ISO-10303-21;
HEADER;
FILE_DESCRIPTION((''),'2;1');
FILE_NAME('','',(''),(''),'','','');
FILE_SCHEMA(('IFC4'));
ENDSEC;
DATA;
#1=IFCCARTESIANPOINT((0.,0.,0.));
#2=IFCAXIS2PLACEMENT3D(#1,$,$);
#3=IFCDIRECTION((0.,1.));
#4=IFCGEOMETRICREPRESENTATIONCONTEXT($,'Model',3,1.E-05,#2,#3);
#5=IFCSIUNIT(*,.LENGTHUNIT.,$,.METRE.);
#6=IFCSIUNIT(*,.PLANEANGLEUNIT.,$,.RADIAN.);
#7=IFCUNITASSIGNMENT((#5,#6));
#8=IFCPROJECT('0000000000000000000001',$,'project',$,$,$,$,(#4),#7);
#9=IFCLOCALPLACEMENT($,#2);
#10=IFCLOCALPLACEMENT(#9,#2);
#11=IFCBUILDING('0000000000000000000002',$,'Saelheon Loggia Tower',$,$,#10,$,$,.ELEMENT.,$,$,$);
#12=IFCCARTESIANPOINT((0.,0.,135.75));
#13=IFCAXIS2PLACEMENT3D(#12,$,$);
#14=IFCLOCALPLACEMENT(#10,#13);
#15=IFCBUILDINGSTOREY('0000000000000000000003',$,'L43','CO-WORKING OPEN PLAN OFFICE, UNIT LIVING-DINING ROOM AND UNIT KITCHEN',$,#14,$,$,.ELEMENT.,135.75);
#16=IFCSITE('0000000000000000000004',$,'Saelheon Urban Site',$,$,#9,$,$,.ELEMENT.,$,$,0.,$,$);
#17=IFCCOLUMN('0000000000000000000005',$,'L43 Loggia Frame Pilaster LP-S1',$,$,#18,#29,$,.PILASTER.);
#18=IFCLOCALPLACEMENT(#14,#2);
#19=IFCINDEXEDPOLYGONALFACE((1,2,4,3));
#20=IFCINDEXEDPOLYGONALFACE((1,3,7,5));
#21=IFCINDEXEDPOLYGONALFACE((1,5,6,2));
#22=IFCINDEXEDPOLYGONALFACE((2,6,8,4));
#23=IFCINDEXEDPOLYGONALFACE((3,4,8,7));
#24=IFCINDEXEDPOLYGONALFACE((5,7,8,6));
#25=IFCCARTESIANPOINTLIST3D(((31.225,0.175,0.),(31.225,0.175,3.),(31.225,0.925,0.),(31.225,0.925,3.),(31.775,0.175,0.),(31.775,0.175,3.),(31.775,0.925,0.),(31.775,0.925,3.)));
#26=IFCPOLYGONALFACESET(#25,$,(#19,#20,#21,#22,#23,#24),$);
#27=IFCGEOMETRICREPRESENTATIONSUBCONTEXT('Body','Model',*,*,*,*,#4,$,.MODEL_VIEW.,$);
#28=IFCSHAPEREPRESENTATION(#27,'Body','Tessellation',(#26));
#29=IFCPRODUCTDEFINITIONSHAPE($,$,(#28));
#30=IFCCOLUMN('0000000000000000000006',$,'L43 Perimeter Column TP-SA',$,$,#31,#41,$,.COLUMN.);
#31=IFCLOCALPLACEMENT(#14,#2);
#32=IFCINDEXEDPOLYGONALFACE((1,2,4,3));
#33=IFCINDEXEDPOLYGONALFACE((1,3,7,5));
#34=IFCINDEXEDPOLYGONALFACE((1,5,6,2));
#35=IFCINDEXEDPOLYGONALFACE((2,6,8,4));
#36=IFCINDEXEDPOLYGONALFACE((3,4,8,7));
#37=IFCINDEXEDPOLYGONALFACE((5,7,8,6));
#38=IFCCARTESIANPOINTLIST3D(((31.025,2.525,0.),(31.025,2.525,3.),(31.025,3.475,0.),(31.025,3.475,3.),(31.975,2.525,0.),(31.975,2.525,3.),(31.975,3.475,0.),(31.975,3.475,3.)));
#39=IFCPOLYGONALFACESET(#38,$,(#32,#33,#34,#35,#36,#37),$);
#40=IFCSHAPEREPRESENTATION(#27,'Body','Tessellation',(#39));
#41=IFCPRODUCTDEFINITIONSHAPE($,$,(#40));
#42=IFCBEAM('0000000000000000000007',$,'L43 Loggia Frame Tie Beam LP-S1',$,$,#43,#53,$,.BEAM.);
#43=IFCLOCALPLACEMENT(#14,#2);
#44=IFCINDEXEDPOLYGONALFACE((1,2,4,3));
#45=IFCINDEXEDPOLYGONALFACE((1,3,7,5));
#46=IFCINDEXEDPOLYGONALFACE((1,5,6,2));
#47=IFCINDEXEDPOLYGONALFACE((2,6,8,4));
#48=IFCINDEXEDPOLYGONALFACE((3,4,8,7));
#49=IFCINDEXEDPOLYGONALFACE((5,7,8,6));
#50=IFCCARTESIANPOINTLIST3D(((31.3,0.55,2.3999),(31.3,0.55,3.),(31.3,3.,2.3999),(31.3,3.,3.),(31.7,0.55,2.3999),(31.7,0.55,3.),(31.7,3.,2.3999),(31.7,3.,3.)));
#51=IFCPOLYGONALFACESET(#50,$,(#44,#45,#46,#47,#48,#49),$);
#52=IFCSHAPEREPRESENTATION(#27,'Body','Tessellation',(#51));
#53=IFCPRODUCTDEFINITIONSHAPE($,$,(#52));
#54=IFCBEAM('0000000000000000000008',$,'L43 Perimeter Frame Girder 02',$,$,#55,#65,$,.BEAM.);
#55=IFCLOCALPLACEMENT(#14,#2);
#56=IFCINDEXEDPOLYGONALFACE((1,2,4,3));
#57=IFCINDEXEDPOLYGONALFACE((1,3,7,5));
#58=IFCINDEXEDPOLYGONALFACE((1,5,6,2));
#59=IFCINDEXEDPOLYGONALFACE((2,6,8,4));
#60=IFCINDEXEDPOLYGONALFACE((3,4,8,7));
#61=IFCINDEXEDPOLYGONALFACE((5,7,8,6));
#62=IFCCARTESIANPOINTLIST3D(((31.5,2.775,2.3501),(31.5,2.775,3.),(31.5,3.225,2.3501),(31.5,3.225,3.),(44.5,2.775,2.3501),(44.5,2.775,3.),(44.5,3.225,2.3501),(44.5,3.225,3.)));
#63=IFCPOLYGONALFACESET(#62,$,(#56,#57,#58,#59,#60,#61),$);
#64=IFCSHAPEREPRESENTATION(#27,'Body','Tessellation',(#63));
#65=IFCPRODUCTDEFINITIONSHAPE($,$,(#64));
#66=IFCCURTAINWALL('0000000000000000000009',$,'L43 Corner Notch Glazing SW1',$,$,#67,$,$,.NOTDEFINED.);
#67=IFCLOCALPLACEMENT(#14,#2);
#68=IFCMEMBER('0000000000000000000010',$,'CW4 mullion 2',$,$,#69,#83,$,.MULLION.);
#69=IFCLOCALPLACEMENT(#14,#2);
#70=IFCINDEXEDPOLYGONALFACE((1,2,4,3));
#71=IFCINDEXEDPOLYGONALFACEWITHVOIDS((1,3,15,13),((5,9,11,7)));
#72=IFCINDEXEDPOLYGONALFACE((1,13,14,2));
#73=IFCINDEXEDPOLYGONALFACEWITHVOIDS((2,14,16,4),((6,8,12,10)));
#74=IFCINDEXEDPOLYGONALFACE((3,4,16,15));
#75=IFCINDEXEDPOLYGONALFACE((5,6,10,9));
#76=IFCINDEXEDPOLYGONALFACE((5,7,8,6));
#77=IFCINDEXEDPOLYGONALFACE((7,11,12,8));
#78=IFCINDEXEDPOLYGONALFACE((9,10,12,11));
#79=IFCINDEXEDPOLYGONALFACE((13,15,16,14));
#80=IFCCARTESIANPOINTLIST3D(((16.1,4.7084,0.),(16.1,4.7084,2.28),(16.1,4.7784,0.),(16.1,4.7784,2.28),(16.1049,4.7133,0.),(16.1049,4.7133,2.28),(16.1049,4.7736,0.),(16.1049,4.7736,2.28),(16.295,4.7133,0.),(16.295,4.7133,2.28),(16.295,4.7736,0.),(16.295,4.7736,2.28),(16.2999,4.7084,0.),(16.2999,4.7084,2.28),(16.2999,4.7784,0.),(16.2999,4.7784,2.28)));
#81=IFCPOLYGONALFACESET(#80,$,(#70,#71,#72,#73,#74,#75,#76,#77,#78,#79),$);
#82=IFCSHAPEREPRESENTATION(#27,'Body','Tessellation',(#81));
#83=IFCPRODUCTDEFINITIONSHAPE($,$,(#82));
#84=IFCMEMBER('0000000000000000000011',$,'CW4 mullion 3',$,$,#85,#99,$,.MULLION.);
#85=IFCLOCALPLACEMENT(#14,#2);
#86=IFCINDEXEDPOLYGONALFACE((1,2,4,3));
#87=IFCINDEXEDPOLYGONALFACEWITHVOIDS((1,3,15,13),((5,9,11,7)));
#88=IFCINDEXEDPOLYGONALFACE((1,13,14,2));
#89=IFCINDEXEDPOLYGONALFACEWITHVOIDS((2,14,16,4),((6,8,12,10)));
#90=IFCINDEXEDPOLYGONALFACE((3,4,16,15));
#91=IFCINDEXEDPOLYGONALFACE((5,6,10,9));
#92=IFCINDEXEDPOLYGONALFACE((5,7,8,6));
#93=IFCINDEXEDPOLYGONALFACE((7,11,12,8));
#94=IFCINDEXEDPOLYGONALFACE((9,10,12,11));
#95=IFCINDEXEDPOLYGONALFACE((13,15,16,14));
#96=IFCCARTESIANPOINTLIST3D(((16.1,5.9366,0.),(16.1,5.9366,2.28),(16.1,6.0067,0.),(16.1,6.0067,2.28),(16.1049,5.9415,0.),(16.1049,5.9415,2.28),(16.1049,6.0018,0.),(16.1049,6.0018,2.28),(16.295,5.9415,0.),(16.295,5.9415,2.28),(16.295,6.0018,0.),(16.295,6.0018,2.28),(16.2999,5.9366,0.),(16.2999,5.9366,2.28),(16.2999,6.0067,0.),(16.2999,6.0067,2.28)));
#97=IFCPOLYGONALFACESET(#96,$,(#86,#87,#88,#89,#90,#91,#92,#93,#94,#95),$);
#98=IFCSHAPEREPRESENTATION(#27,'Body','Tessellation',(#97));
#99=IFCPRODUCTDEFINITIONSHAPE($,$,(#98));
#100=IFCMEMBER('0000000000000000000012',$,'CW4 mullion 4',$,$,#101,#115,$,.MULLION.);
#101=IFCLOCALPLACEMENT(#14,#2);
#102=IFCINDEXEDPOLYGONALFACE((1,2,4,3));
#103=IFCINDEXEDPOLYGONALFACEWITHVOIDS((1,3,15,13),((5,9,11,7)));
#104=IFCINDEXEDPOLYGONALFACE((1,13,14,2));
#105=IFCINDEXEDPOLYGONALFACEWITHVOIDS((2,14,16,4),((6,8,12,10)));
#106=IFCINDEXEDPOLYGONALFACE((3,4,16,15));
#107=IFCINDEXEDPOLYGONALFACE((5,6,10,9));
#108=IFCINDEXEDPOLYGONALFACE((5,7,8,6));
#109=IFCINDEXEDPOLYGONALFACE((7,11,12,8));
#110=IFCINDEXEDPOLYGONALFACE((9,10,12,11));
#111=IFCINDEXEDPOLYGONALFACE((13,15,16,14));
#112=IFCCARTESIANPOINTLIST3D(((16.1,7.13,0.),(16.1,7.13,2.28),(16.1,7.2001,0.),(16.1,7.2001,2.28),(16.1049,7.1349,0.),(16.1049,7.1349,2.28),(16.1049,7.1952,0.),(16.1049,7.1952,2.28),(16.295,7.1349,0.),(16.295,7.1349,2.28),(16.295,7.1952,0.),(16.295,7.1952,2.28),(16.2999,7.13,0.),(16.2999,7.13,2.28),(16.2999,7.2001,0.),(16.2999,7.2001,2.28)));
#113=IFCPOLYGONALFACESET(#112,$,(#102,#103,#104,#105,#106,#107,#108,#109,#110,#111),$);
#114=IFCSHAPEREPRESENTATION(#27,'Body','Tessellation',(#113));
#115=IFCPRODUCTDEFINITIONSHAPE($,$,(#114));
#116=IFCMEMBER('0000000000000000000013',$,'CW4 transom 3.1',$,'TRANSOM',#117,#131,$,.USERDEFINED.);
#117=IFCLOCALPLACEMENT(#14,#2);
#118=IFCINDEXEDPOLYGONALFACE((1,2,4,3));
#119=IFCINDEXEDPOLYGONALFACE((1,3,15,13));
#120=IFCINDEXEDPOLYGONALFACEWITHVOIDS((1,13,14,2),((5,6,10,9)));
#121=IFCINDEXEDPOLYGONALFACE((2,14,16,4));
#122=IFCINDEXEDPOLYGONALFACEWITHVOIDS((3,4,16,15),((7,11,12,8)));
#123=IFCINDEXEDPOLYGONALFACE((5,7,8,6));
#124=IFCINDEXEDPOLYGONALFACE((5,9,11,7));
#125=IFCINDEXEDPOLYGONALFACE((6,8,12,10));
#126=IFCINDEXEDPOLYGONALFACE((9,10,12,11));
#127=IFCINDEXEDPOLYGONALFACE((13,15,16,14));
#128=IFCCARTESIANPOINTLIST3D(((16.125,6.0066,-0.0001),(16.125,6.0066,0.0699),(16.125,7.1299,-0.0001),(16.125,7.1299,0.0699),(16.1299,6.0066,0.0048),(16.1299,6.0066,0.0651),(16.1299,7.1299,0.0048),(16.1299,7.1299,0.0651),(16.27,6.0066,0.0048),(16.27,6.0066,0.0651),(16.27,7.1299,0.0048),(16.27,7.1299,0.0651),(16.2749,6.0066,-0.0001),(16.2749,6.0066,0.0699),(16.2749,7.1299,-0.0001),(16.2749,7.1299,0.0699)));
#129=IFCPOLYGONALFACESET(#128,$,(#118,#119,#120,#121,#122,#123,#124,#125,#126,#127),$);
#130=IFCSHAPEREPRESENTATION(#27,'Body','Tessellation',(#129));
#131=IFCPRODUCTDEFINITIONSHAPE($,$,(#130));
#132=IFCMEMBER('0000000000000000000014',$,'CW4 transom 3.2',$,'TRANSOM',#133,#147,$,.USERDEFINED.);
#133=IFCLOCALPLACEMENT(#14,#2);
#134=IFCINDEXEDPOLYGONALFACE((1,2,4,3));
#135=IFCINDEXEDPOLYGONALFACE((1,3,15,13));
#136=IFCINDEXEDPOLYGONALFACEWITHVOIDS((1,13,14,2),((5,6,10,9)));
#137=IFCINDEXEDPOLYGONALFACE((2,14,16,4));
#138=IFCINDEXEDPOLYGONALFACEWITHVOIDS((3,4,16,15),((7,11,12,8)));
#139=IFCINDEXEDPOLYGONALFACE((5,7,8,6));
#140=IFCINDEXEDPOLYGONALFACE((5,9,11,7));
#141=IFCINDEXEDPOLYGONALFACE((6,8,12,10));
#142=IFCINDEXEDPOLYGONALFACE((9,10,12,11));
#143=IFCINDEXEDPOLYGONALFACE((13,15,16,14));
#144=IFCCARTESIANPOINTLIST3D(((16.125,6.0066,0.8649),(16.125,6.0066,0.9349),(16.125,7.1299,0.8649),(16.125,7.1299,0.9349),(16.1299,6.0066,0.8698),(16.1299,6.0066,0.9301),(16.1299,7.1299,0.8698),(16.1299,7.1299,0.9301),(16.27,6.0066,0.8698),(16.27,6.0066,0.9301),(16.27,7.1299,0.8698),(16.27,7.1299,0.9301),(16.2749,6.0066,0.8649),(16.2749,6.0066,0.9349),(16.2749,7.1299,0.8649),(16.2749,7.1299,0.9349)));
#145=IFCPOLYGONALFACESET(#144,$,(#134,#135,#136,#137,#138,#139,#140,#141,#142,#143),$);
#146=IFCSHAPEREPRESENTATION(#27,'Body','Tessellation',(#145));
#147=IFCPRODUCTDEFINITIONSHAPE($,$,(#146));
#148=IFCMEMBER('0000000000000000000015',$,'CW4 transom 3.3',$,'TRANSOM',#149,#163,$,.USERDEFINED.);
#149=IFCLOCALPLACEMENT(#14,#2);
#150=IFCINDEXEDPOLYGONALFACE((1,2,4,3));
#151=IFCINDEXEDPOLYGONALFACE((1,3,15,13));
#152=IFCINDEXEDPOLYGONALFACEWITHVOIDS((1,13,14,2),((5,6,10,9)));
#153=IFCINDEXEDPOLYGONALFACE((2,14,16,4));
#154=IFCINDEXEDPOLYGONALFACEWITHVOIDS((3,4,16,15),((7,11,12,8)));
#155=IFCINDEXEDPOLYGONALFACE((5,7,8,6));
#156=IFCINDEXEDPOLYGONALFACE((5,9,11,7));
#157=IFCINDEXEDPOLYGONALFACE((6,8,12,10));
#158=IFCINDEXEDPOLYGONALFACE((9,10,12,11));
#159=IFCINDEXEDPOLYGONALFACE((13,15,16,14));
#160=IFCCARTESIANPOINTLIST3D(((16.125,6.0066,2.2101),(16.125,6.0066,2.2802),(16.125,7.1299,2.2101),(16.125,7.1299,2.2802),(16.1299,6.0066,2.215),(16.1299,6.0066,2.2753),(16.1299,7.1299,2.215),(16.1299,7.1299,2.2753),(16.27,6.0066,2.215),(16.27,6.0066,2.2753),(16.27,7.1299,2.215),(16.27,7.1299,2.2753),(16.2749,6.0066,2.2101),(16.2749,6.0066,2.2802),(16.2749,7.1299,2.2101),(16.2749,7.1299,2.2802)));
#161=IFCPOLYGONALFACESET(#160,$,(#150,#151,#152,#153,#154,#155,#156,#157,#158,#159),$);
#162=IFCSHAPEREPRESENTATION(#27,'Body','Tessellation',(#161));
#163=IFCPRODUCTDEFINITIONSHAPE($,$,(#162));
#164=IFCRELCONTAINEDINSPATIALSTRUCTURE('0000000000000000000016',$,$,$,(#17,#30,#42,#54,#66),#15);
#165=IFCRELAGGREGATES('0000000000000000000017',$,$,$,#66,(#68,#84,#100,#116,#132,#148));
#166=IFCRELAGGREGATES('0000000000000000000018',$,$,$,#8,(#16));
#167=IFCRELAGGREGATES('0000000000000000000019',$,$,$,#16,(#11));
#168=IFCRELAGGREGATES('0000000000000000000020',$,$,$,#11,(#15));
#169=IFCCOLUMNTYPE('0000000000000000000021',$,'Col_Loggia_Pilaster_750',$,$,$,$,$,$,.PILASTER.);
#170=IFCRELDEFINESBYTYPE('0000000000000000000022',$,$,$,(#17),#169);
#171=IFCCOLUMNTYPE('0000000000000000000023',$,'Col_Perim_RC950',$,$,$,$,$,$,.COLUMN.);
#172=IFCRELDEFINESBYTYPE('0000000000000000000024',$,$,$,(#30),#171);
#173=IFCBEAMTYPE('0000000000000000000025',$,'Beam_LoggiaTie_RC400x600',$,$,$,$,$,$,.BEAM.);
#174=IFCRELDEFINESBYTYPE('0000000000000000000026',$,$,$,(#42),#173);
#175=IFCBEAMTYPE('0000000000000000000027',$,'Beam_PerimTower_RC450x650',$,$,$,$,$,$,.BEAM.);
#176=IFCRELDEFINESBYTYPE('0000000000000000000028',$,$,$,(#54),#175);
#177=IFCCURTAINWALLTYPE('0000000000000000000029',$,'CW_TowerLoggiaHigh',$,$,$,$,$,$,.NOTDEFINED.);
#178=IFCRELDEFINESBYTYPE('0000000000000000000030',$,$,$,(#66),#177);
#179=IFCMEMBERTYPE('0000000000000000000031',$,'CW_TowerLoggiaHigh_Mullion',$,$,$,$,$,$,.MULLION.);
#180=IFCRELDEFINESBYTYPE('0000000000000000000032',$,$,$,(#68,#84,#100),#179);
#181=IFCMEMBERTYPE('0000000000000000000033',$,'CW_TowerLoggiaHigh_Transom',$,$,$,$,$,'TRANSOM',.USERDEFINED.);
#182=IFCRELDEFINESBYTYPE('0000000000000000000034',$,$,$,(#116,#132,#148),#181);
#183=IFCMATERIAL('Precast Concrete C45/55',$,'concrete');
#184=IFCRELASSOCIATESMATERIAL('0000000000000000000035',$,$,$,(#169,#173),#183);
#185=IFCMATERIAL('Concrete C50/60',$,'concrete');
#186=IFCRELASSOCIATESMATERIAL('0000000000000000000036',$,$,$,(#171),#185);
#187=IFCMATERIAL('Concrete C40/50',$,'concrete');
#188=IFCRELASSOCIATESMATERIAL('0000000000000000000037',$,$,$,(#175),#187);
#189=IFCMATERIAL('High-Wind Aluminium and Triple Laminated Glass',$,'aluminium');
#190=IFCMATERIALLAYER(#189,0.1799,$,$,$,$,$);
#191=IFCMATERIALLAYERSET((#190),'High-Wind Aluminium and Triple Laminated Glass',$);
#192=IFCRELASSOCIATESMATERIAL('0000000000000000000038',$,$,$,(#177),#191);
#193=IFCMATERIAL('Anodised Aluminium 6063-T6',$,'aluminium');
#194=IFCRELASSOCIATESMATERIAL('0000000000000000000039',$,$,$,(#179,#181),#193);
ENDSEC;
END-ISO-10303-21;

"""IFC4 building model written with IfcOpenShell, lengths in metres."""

from ifc_helpers import new_model, si_unit, direction, frame, origin, origin_2d, place, context, subcontext, project, spatial, rectangle, hollow_rectangle, extrude, source, transform, mapped, material, layer, layer_set, material_profile, profile_set, type_object, element, aggregate, save


model = new_model("IFC4")

# Units and contexts
model_context = context("Model", 3, precision=1e-05, world=origin(), true_north=direction((0.0, 1.0)))
body_context = subcontext(model_context, "Body", "Model", "MODEL_VIEW")
ifc_project = project(units=[si_unit("LENGTHUNIT", "METRE"), si_unit("PLANEANGLEUNIT", "RADIAN")], contexts=[model_context])

# Site, building, storey
site_placement = place(None, origin())
site = spatial("IfcSite", under=ifc_project, at=site_placement, Name="Saelheon Urban Site", CompositionType="ELEMENT", RefElevation=0.0)
building_placement = place(site_placement, origin())
building = spatial("IfcBuilding", under=site, at=building_placement, Name="Saelheon Loggia Tower", CompositionType="ELEMENT")
storey_placement = place(building_placement, frame((0.0, 0.0, 135.75)))
storey = spatial("IfcBuildingStorey", under=building, at=storey_placement, Name="L43", Description="CO-WORKING OPEN PLAN OFFICE, UNIT LIVING-DINING ROOM AND UNIT KITCHEN", CompositionType="ELEMENT", Elevation=135.75)

# Columns
ifc_material_1 = material(Name="Precast Concrete C45/55", Category="concrete")
ifc_material_profile_1 = material_profile(ifc_material_1, rectangle(XDim=0.55, YDim=0.75, at=origin_2d()), Name="RC-550x750")
ifc_profile_set_1 = profile_set([ifc_material_profile_1], Name="Precast Concrete C45/55")
column_type_1 = type_object("IfcColumnType", Name="Col_Loggia_Pilaster_750", PredefinedType="PILASTER", material=ifc_profile_set_1)
shared_shape_1 = source(origin(), body_context, "Body", "SweptSolid", [
    extrude(rectangle(XDim=0.55, YDim=0.75, at=origin_2d()), origin(), (0.0, 0.0, 1.0), 3.0),
])
column_1_placement = place(storey_placement, frame((31.5, 0.55, 0.0), z_axis=(0.0, 0.0, 1.0), x_axis=(1.0, 0.0, 0.0)))
element("IfcColumn", 1, at=column_1_placement, inside=storey, type_object=column_type_1, Name="L43 Loggia Frame Pilaster LP-S1", PredefinedType="PILASTER", context=body_context, shape_type="MappedRepresentation", body=[
    mapped(shared_shape_1, transform((0.0, 0.0, 0.0), scale=1.0)),
])
ifc_material_2 = material(Name="Concrete C50/60", Category="concrete")
ifc_material_profile_2 = material_profile(ifc_material_2, rectangle(XDim=0.95, YDim=0.95, at=origin_2d()), Name="RC-950x950")
ifc_profile_set_2 = profile_set([ifc_material_profile_2], Name="Concrete C50/60")
column_type_2 = type_object("IfcColumnType", Name="Col_Perim_RC950", PredefinedType="COLUMN", material=ifc_profile_set_2)
shared_shape_2 = source(origin(), body_context, "Body", "SweptSolid", [
    extrude(rectangle(XDim=0.95, YDim=0.95, at=origin_2d()), origin(), (0.0, 0.0, 1.0), 3.0),
])
column_2_placement = place(storey_placement, frame((31.5, 3.0, 0.0), z_axis=(0.0, 0.0, 1.0), x_axis=(1.0, 0.0, 0.0)))
element("IfcColumn", 2, at=column_2_placement, inside=storey, type_object=column_type_2, Name="L43 Perimeter Column TP-SA", PredefinedType="COLUMN", context=body_context, shape_type="MappedRepresentation", body=[
    mapped(shared_shape_2, transform((0.0, 0.0, 0.0), scale=1.0)),
])

# Beams
ifc_material_profile_3 = material_profile(ifc_material_1, rectangle(XDim=0.3999, YDim=0.6001, at=origin_2d()), Name="RC-400x600")
ifc_profile_set_3 = profile_set([ifc_material_profile_3], Name="Precast Concrete C45/55")
beam_type_1 = type_object("IfcBeamType", Name="Beam_LoggiaTie_RC400x600", PredefinedType="BEAM", material=ifc_profile_set_3)
shared_shape_3 = source(origin(), body_context, "Body", "SweptSolid", [
    extrude(rectangle(XDim=0.3999, YDim=0.6001, at=origin_2d()), origin(), (0.0, 0.0, 1.0), 2.45),
])
beam_1_placement = place(storey_placement, frame((31.5, 3.0, 2.7), z_axis=(0.0, -1.0, 0.0), x_axis=(1.0, 0.0, 0.0)))
element("IfcBeam", 3, at=beam_1_placement, inside=storey, type_object=beam_type_1, Name="L43 Loggia Frame Tie Beam LP-S1", PredefinedType="BEAM", context=body_context, shape_type="MappedRepresentation", body=[
    mapped(shared_shape_3, transform((0.0, 0.0, 0.0), scale=1.0)),
])
ifc_material_3 = material(Name="Concrete C40/50", Category="concrete")
ifc_material_profile_4 = material_profile(ifc_material_3, rectangle(XDim=0.45, YDim=0.6499, at=origin_2d()), Name="RC-450x650")
ifc_profile_set_4 = profile_set([ifc_material_profile_4], Name="Concrete C40/50")
beam_type_2 = type_object("IfcBeamType", Name="Beam_PerimTower_RC450x650", PredefinedType="BEAM", material=ifc_profile_set_4)
shared_shape_4 = source(origin(), body_context, "Body", "SweptSolid", [
    extrude(rectangle(XDim=0.45, YDim=0.6499, at=origin_2d()), origin(), (0.0, 0.0, 1.0), 13.0),
])
beam_2_placement = place(storey_placement, frame((31.5, 3.0, 2.675), z_axis=(1.0, 0.0, 0.0), x_axis=(0.0, 1.0, 0.0)))
element("IfcBeam", 4, at=beam_2_placement, inside=storey, type_object=beam_type_2, Name="L43 Perimeter Frame Girder 02", PredefinedType="BEAM", context=body_context, shape_type="MappedRepresentation", body=[
    mapped(shared_shape_4, transform((0.0, 0.0, 0.0), scale=1.0)),
])

# Curtain wall, members
ifc_material_4 = material(Name="High-Wind Aluminium and Triple Laminated Glass", Category="aluminium")
ifc_layer_1 = layer(ifc_material_4, 0.1799)
ifc_layer_set_1 = layer_set([ifc_layer_1], Name="High-Wind Aluminium and Triple Laminated Glass")
curtain_wall_type = type_object("IfcCurtainWallType", Name="CW_TowerLoggiaHigh", PredefinedType="NOTDEFINED", material=ifc_layer_set_1)
curtain_wall_placement = place(storey_placement, origin())
curtain_wall = element("IfcCurtainWall", 5, at=curtain_wall_placement, inside=storey, type_object=curtain_wall_type, Name="L43 Corner Notch Glazing SW1", PredefinedType="NOTDEFINED")
ifc_material_5 = material(Name="Anodised Aluminium 6063-T6", Category="aluminium")
ifc_material_profile_5 = material_profile(ifc_material_5, hollow_rectangle(XDim=0.0701, YDim=0.2, WallThickness=0.0049, at=origin_2d()), Name="RHS-200x70x5")
ifc_profile_set_5 = profile_set([ifc_material_profile_5], Name="Anodised Aluminium 6063-T6")
member_type_1 = type_object("IfcMemberType", Name="CW_TowerLoggiaHigh_Mullion", PredefinedType="MULLION", material=ifc_profile_set_5)
shared_shape_5 = source(origin(), body_context, "Body", "SweptSolid", [
    extrude(hollow_rectangle(XDim=0.0701, YDim=0.2, WallThickness=0.0049, at=origin_2d()), origin(), (0.0, 0.0, 1.0), 2.28),
])
member_1_placement = place(storey_placement, frame((16.2, 4.7434, 0.0), z_axis=(0.0, 0.0, 1.0), x_axis=(0.0, 1.0, 0.0)))
member_1 = element("IfcMember", 6, at=member_1_placement, type_object=member_type_1, Name="CW4 mullion 2", PredefinedType="MULLION", context=body_context, shape_type="MappedRepresentation", body=[
    mapped(shared_shape_5, transform((0.0, 0.0, 0.0), scale=1.0)),
])
member_2_placement = place(storey_placement, frame((16.2, 5.9717, 0.0), z_axis=(0.0, 0.0, 1.0), x_axis=(0.0, 1.0, 0.0)))
member_2 = element("IfcMember", 7, at=member_2_placement, type_object=member_type_1, Name="CW4 mullion 3", PredefinedType="MULLION", context=body_context, shape_type="MappedRepresentation", body=[
    mapped(shared_shape_5, transform((0.0, 0.0, 0.0), scale=1.0)),
])
member_3_placement = place(storey_placement, frame((16.2, 7.165, 0.0), z_axis=(0.0, 0.0, 1.0), x_axis=(0.0, 1.0, 0.0)))
member_3 = element("IfcMember", 8, at=member_3_placement, type_object=member_type_1, Name="CW4 mullion 4", PredefinedType="MULLION", context=body_context, shape_type="MappedRepresentation", body=[
    mapped(shared_shape_5, transform((0.0, 0.0, 0.0), scale=1.0)),
])
ifc_material_profile_6 = material_profile(ifc_material_5, hollow_rectangle(XDim=0.0701, YDim=0.1499, WallThickness=0.0049, at=origin_2d()), Name="RHS-150x70x5")
ifc_profile_set_6 = profile_set([ifc_material_profile_6], Name="Anodised Aluminium 6063-T6")
member_type_2 = type_object("IfcMemberType", Name="CW_TowerLoggiaHigh_Transom", ElementType="TRANSOM", PredefinedType="USERDEFINED", material=ifc_profile_set_6)
shared_shape_6 = source(origin(), body_context, "Body", "SweptSolid", [
    extrude(hollow_rectangle(XDim=0.0701, YDim=0.1499, WallThickness=0.0049, at=origin_2d()), origin(), (0.0, 0.0, 1.0), 1.1233),
])
member_4_placement = place(storey_placement, frame((16.2, 6.0066, 0.0349), z_axis=(0.0, 1.0, 0.0), x_axis=(0.0, 0.0, 1.0)))
member_4 = element("IfcMember", 9, at=member_4_placement, type_object=member_type_2, Name="CW4 transom 3.1", ObjectType="TRANSOM", PredefinedType="USERDEFINED", context=body_context, shape_type="MappedRepresentation", body=[
    mapped(shared_shape_6, transform((0.0, 0.0, 0.0), scale=1.0)),
])
member_5_placement = place(storey_placement, frame((16.2, 6.0066, 0.8999), z_axis=(0.0, 1.0, 0.0), x_axis=(0.0, 0.0, 1.0)))
member_5 = element("IfcMember", 10, at=member_5_placement, type_object=member_type_2, Name="CW4 transom 3.2", ObjectType="TRANSOM", PredefinedType="USERDEFINED", context=body_context, shape_type="MappedRepresentation", body=[
    mapped(shared_shape_6, transform((0.0, 0.0, 0.0), scale=1.0)),
])
member_6_placement = place(storey_placement, frame((16.2, 6.0066, 2.2451), z_axis=(0.0, 1.0, 0.0), x_axis=(0.0, 0.0, 1.0)))
member_6 = element("IfcMember", 11, at=member_6_placement, type_object=member_type_2, Name="CW4 transom 3.3", ObjectType="TRANSOM", PredefinedType="USERDEFINED", context=body_context, shape_type="MappedRepresentation", body=[
    mapped(shared_shape_6, transform((0.0, 0.0, 0.0), scale=1.0)),
])
aggregate(curtain_wall, [member_1, member_2, member_3, member_4, member_5, member_6])

save(model, "model.ifc")
